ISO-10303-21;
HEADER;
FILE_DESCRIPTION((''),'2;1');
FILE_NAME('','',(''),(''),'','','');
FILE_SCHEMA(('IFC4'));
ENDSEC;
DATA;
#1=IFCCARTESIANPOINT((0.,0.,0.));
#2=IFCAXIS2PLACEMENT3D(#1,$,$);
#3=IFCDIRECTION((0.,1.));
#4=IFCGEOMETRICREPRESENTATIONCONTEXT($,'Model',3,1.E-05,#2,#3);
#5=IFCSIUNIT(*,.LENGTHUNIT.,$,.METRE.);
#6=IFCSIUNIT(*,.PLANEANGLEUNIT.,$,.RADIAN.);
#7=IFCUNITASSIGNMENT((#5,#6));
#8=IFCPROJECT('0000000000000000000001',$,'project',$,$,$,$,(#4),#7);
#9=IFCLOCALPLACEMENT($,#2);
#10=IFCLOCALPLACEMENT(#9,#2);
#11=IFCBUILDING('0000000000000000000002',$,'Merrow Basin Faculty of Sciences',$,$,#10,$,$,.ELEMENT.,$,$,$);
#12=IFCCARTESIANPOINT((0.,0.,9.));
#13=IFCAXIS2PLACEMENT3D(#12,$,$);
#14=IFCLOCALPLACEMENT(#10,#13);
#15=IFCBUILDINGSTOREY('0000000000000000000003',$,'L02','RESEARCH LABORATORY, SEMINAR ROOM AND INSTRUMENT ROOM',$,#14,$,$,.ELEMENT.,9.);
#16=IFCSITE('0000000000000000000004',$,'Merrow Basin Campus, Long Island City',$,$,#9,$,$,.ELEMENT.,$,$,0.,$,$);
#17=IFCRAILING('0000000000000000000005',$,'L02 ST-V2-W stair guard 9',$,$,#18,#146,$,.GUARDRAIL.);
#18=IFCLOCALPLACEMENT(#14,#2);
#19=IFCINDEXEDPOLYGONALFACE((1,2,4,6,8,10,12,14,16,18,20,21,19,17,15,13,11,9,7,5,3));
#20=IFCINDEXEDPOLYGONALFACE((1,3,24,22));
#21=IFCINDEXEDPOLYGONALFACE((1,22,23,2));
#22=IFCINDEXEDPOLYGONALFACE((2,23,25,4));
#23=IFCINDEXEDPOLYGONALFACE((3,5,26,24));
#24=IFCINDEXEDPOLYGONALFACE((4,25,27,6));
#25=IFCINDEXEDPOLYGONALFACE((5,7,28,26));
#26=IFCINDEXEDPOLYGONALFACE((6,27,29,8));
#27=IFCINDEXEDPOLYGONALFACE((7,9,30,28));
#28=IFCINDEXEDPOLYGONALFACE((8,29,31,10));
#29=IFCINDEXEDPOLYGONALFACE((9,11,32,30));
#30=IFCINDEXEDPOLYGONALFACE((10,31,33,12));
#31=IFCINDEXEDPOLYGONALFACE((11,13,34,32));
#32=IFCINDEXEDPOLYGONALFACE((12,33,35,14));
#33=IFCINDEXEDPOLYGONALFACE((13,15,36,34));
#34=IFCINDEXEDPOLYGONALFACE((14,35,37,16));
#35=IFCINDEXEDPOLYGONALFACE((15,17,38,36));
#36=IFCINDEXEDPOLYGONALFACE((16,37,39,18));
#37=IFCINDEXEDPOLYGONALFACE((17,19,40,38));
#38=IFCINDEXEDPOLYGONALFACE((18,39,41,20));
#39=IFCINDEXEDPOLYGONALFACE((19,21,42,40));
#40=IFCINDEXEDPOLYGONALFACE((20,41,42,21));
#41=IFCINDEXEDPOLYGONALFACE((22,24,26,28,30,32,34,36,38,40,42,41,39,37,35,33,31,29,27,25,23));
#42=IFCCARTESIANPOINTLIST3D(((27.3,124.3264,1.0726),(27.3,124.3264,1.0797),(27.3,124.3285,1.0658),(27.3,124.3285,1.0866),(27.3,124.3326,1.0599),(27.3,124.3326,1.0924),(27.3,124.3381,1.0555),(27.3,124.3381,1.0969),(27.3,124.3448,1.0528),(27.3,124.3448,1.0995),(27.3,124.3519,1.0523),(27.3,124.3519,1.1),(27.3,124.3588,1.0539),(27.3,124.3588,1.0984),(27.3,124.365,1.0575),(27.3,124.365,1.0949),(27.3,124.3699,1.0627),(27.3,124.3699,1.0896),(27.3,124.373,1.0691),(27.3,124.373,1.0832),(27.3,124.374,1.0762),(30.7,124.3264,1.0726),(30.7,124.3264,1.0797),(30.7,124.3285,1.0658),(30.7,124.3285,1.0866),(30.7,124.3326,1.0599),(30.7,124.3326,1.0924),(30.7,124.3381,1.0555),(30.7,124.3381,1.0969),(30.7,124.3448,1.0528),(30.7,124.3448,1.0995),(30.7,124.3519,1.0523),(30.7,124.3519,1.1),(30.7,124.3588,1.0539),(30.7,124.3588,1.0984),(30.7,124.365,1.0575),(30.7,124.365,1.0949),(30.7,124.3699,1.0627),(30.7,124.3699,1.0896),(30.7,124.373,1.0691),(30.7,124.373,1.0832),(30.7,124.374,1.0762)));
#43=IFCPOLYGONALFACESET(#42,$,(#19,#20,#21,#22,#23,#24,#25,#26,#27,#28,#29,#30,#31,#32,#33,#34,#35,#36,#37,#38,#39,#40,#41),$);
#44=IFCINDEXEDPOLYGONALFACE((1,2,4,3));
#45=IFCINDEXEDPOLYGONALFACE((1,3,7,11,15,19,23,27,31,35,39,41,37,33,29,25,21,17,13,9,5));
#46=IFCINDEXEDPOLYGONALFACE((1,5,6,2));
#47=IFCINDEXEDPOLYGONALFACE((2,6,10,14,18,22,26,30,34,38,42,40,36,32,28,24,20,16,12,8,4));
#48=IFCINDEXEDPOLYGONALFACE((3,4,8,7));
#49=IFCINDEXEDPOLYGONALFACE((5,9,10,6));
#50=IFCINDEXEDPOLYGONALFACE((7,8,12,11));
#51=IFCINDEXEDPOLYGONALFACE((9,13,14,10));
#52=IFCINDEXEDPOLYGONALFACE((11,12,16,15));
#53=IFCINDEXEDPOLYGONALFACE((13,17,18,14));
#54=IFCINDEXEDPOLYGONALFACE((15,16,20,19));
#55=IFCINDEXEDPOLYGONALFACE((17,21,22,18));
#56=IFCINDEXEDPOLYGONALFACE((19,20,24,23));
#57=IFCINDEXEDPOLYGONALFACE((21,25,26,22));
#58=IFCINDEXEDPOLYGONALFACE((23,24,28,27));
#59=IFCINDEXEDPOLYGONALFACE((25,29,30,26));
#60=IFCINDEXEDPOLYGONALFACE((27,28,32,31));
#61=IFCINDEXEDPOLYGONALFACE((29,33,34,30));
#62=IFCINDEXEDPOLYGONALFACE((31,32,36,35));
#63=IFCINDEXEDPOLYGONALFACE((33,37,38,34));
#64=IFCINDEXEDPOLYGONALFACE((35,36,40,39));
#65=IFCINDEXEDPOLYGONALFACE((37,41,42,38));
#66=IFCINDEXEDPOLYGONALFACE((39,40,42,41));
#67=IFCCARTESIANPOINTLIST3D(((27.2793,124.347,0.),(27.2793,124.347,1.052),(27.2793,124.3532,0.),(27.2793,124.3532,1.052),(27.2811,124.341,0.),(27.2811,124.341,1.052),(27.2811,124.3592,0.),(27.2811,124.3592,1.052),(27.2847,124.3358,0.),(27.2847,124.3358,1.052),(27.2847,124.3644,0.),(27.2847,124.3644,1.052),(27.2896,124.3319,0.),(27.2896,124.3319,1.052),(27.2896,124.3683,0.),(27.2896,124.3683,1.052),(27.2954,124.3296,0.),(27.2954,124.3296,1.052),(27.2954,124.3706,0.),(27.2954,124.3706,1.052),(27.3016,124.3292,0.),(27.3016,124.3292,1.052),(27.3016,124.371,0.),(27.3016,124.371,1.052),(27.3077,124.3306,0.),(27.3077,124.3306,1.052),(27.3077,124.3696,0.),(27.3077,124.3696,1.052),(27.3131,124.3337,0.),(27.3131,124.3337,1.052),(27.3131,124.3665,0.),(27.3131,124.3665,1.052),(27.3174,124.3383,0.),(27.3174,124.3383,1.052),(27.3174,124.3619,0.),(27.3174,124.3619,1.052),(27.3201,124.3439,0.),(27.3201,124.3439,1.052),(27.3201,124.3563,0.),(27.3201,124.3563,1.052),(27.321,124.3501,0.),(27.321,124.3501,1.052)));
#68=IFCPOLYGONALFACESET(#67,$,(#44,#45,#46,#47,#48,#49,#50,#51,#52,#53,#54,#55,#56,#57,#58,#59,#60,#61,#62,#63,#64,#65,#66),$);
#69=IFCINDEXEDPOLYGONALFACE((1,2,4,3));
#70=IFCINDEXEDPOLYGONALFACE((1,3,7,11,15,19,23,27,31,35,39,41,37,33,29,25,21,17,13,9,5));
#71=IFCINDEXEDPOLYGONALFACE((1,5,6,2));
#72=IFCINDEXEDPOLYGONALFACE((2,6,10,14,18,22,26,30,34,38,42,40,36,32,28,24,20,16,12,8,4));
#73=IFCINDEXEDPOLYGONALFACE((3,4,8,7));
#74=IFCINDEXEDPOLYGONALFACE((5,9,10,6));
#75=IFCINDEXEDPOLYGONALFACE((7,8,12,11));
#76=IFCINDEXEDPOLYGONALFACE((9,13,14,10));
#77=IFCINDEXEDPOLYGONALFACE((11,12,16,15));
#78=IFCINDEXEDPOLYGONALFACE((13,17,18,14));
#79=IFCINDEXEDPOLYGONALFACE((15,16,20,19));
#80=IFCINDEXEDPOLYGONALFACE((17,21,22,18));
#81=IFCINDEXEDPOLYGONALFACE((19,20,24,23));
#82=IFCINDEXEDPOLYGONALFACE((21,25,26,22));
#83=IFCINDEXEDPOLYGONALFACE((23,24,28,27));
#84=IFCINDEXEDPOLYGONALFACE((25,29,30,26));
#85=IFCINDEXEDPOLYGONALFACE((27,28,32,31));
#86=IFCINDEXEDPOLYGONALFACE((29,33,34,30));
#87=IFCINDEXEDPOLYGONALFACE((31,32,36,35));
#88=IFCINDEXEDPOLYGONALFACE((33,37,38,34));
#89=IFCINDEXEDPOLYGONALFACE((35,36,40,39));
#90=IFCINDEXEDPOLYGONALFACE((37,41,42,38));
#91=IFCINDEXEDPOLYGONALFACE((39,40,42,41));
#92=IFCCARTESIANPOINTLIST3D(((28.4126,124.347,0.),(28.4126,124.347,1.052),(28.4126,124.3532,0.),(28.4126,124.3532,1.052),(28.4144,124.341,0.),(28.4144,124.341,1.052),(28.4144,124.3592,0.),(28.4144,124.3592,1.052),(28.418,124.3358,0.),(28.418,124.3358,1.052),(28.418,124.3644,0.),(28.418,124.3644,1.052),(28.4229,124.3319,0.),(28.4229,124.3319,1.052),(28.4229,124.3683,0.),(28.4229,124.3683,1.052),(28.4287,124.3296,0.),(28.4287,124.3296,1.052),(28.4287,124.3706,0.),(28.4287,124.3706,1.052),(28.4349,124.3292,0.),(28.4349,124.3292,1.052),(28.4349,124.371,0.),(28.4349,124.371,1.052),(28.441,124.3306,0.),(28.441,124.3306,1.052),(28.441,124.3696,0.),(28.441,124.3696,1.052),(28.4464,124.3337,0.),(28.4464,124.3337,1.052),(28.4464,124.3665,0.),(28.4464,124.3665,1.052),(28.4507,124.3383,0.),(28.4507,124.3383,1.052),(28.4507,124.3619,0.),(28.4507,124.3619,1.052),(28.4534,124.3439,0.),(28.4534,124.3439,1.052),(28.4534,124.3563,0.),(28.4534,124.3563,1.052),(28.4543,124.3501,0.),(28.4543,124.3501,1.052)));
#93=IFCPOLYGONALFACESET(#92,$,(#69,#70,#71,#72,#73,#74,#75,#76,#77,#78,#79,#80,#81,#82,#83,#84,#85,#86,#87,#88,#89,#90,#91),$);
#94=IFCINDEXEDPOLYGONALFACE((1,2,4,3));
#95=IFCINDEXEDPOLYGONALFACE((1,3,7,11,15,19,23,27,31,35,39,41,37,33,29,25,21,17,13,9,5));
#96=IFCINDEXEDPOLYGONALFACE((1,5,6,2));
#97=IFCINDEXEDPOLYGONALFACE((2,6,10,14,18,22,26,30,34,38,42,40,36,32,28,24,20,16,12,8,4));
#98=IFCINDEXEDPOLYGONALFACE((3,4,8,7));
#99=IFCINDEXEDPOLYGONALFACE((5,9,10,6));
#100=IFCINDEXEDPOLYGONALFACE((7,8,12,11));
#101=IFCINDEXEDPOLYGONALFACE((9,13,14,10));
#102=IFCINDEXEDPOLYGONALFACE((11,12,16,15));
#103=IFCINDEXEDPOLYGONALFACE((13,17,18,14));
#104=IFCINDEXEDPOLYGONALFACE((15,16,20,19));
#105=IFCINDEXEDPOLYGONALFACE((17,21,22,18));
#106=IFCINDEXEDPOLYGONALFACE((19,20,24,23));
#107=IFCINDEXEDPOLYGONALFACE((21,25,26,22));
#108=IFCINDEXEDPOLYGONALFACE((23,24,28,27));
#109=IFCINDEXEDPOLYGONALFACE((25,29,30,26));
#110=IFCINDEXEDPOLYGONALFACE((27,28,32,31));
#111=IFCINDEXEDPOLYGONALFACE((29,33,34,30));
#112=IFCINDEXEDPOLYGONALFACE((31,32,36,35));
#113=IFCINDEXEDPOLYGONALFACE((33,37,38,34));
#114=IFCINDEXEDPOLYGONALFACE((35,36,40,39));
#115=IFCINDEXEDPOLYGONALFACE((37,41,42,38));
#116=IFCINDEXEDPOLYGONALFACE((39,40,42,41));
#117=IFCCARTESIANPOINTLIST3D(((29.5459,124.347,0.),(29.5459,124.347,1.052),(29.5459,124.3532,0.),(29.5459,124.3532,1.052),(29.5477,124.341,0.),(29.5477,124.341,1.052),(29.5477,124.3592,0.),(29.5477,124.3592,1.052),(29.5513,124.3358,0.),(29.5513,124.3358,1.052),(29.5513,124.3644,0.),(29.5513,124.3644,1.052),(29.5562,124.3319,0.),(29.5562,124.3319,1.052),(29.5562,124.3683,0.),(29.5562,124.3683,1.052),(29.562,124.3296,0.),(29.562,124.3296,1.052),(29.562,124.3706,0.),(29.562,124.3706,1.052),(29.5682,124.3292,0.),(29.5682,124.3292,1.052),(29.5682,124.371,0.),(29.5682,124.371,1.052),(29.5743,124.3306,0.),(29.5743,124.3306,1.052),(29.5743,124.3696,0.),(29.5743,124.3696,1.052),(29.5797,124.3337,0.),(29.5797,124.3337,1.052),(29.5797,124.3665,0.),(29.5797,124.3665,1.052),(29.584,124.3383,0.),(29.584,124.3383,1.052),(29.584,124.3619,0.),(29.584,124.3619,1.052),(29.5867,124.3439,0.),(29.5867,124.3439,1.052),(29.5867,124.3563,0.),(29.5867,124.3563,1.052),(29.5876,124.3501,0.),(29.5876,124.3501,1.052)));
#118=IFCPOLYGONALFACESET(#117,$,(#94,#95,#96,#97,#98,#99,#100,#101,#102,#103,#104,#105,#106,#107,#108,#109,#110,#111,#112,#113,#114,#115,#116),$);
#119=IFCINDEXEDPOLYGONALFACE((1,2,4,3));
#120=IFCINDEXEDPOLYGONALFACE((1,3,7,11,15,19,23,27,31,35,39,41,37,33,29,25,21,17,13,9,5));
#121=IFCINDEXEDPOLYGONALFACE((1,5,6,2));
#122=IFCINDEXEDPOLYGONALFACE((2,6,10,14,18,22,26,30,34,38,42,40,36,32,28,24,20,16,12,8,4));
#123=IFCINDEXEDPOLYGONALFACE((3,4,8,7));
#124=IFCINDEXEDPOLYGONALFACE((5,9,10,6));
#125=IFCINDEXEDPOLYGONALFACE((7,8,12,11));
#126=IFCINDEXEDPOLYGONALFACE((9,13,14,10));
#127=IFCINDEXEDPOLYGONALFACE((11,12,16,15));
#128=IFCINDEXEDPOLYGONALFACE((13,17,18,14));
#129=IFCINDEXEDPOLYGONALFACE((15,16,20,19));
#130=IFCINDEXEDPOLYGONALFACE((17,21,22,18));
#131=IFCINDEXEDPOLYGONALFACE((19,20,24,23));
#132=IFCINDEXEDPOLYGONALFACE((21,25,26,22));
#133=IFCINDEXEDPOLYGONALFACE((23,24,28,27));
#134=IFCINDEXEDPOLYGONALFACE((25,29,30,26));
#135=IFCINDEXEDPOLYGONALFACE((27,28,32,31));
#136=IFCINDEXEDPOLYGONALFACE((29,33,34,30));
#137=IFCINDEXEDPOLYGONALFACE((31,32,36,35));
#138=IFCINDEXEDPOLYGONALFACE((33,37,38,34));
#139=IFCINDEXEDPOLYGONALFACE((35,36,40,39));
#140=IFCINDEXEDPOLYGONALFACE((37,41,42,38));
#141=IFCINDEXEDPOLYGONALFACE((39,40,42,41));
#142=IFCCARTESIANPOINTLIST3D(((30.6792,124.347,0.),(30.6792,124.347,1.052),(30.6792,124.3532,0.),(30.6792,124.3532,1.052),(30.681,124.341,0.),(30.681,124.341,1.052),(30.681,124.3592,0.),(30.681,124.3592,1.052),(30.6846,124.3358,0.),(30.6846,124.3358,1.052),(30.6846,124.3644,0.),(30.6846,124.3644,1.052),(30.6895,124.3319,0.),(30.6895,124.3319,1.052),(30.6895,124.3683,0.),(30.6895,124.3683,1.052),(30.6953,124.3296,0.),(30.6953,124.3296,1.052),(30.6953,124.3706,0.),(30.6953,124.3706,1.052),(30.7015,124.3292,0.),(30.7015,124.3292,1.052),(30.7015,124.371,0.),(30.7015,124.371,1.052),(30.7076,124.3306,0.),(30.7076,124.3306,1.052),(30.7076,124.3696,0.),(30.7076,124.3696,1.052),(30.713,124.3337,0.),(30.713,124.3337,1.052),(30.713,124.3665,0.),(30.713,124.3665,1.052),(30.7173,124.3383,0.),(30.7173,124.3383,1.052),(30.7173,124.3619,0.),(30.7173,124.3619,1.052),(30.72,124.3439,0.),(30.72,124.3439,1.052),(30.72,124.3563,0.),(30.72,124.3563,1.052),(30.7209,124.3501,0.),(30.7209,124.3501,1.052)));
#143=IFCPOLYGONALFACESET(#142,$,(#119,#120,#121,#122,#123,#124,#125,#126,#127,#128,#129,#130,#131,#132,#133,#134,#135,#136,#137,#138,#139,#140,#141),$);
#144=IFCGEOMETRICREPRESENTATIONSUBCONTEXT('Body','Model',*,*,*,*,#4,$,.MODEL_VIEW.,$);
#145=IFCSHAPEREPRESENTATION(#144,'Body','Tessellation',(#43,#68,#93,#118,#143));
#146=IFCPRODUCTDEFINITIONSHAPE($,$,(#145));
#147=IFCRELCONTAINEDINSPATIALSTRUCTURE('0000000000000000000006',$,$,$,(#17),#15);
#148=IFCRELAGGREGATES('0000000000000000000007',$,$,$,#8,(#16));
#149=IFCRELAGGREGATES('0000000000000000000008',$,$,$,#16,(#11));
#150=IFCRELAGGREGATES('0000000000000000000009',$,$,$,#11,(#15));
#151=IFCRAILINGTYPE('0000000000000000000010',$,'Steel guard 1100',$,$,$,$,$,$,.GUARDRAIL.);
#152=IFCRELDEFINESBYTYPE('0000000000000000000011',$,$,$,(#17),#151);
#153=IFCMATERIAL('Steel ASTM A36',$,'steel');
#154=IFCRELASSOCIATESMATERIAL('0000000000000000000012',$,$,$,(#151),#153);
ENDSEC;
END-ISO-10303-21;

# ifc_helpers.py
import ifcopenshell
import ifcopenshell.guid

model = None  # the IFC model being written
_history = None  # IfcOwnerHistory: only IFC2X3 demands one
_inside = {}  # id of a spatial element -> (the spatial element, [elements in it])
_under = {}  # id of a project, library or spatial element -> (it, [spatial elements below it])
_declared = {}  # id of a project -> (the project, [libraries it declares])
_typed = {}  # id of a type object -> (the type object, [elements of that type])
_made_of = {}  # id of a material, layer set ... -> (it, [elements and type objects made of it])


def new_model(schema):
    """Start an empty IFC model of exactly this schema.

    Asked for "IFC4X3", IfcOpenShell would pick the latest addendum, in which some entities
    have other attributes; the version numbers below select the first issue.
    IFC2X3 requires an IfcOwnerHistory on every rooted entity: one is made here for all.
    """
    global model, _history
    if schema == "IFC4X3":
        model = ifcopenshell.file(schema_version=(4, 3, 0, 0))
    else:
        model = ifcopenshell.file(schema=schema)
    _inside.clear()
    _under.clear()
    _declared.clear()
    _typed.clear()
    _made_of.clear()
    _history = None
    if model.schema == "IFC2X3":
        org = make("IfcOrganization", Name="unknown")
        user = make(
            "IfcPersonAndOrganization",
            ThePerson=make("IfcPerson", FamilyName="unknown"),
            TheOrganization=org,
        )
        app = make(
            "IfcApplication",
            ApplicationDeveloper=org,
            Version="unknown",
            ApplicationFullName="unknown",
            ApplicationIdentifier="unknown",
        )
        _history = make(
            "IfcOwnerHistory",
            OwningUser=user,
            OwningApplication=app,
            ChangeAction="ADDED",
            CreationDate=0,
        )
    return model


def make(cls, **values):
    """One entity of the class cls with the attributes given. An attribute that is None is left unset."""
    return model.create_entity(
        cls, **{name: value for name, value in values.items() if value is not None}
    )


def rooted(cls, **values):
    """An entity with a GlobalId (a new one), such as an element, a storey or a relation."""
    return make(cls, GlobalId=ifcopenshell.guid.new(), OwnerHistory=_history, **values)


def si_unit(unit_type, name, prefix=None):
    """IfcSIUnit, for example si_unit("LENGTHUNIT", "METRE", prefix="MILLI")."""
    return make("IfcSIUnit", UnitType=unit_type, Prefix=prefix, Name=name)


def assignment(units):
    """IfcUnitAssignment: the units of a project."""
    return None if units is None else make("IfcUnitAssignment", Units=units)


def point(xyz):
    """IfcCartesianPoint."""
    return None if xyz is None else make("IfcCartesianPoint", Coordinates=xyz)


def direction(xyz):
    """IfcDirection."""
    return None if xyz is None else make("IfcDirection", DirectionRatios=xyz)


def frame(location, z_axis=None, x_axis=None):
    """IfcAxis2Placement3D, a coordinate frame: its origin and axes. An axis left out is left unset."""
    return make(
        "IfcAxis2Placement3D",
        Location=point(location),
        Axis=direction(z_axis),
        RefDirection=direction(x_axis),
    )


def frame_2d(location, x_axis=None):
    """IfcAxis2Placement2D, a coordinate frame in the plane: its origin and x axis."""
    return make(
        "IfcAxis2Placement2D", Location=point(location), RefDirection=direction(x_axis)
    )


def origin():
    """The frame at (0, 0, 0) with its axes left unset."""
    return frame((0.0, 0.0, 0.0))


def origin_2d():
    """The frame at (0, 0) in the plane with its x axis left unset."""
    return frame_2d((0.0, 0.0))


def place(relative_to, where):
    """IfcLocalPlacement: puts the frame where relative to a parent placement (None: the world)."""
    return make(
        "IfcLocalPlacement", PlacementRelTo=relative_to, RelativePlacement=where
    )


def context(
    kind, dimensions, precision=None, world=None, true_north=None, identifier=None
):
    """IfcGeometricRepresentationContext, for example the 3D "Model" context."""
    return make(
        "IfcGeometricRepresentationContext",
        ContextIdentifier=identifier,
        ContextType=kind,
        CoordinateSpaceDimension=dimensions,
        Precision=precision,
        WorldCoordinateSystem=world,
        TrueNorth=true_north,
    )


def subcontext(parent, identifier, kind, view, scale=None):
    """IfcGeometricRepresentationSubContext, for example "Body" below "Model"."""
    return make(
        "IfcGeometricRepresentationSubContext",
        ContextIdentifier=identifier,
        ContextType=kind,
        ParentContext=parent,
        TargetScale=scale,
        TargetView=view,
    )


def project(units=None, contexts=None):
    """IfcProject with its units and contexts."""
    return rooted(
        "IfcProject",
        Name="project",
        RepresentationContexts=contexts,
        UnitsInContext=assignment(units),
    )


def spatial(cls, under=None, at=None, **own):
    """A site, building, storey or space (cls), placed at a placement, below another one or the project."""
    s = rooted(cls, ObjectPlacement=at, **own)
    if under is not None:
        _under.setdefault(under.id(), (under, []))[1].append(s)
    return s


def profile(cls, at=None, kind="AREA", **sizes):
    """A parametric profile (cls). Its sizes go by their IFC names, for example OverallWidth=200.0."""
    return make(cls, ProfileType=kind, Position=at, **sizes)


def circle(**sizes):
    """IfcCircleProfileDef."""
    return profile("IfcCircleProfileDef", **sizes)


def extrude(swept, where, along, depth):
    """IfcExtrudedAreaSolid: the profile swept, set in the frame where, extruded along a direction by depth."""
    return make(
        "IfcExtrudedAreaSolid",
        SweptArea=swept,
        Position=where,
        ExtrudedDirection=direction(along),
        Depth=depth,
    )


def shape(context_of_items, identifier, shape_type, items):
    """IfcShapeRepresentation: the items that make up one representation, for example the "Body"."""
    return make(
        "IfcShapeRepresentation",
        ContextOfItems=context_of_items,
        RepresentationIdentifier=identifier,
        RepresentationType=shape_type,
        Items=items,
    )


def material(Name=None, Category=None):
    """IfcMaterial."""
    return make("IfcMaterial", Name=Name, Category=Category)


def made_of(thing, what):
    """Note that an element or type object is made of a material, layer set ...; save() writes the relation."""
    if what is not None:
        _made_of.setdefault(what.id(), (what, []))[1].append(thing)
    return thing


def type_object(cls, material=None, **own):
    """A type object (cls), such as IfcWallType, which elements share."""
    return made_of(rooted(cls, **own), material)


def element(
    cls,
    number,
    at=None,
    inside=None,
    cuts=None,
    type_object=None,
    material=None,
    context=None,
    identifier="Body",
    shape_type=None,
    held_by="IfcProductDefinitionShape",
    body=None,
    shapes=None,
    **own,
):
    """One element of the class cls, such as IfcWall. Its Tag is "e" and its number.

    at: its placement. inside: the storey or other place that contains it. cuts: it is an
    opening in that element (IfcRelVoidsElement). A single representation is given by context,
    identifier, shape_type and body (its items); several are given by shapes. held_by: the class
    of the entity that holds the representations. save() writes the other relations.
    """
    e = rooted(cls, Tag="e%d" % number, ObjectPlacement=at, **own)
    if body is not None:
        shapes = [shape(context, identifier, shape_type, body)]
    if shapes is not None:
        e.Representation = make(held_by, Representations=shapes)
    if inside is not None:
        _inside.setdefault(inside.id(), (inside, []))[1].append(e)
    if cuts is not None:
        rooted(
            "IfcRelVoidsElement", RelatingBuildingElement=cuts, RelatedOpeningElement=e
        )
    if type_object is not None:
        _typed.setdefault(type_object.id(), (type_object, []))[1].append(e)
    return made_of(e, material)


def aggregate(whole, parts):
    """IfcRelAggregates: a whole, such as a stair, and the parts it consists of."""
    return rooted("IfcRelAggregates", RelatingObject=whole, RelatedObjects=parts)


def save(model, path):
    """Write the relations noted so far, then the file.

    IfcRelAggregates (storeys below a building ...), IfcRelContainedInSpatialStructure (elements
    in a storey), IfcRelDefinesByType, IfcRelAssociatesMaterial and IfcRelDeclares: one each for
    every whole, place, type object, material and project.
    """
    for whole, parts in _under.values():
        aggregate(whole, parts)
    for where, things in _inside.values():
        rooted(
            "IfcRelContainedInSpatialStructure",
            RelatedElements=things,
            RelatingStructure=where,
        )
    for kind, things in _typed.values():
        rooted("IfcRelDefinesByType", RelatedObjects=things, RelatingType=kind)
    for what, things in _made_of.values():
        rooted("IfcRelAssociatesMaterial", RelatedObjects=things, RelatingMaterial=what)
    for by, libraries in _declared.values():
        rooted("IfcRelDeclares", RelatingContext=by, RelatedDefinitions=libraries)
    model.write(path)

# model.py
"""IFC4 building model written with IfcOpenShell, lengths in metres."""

from ifc_helpers import new_model, si_unit, direction, frame, origin, origin_2d, place, context, subcontext, project, spatial, circle, extrude, material, type_object, element, save


model = new_model("IFC4")

# Units and contexts
model_context = context("Model", 3, precision=1e-05, world=origin(), true_north=direction((0.0, 1.0)))
body_context = subcontext(model_context, "Body", "Model", "MODEL_VIEW")
ifc_project = project(units=[si_unit("LENGTHUNIT", "METRE"), si_unit("PLANEANGLEUNIT", "RADIAN")], contexts=[model_context])

# Site, building, storey
site_placement = place(None, origin())
site = spatial("IfcSite", under=ifc_project, at=site_placement, Name="Merrow Basin Campus, Long Island City", CompositionType="ELEMENT", RefElevation=0.0)
building_placement = place(site_placement, origin())
building = spatial("IfcBuilding", under=site, at=building_placement, Name="Merrow Basin Faculty of Sciences", CompositionType="ELEMENT")
storey_placement = place(building_placement, frame((0.0, 0.0, 9.0)))
storey = spatial("IfcBuildingStorey", under=building, at=storey_placement, Name="L02", Description="RESEARCH LABORATORY, SEMINAR ROOM AND INSTRUMENT ROOM", CompositionType="ELEMENT", Elevation=9.0)

# Railing
ifc_material_1 = material(Name="Steel ASTM A36", Category="steel")
railing_type_1 = type_object("IfcRailingType", Name="Steel guard 1100", PredefinedType="GUARDRAIL", material=ifc_material_1)
railing_1_placement = place(storey_placement, frame((27.3, 124.3501, 0.0)))
element("IfcRailing", 1, at=railing_1_placement, inside=storey, type_object=railing_type_1, Name="L02 ST-V2-W stair guard 9", PredefinedType="GUARDRAIL", context=body_context, shape_type="SweptSolid", body=[
    extrude(circle(Radius=0.0239, at=origin_2d()), frame((0.0, 0.0, 1.0762), z_axis=(1.0, 0.0, 0.0), x_axis=(0.0, 1.0, 0.0)), (0.0, 0.0, 1.0), 3.3999),
    extrude(circle(Radius=0.021, at=origin_2d()), origin(), (0.0, 0.0, 1.0), 1.052),
    extrude(circle(Radius=0.021, at=origin_2d()), frame((1.1333, 0.0, 0.0)), (0.0, 0.0, 1.0), 1.052),
    extrude(circle(Radius=0.021, at=origin_2d()), frame((2.2666, 0.0, 0.0)), (0.0, 0.0, 1.0), 1.052),
    extrude(circle(Radius=0.021, at=origin_2d()), frame((3.3999, 0.0, 0.0)), (0.0, 0.0, 1.0), 1.052),
])

save(model, "model.ifc")
